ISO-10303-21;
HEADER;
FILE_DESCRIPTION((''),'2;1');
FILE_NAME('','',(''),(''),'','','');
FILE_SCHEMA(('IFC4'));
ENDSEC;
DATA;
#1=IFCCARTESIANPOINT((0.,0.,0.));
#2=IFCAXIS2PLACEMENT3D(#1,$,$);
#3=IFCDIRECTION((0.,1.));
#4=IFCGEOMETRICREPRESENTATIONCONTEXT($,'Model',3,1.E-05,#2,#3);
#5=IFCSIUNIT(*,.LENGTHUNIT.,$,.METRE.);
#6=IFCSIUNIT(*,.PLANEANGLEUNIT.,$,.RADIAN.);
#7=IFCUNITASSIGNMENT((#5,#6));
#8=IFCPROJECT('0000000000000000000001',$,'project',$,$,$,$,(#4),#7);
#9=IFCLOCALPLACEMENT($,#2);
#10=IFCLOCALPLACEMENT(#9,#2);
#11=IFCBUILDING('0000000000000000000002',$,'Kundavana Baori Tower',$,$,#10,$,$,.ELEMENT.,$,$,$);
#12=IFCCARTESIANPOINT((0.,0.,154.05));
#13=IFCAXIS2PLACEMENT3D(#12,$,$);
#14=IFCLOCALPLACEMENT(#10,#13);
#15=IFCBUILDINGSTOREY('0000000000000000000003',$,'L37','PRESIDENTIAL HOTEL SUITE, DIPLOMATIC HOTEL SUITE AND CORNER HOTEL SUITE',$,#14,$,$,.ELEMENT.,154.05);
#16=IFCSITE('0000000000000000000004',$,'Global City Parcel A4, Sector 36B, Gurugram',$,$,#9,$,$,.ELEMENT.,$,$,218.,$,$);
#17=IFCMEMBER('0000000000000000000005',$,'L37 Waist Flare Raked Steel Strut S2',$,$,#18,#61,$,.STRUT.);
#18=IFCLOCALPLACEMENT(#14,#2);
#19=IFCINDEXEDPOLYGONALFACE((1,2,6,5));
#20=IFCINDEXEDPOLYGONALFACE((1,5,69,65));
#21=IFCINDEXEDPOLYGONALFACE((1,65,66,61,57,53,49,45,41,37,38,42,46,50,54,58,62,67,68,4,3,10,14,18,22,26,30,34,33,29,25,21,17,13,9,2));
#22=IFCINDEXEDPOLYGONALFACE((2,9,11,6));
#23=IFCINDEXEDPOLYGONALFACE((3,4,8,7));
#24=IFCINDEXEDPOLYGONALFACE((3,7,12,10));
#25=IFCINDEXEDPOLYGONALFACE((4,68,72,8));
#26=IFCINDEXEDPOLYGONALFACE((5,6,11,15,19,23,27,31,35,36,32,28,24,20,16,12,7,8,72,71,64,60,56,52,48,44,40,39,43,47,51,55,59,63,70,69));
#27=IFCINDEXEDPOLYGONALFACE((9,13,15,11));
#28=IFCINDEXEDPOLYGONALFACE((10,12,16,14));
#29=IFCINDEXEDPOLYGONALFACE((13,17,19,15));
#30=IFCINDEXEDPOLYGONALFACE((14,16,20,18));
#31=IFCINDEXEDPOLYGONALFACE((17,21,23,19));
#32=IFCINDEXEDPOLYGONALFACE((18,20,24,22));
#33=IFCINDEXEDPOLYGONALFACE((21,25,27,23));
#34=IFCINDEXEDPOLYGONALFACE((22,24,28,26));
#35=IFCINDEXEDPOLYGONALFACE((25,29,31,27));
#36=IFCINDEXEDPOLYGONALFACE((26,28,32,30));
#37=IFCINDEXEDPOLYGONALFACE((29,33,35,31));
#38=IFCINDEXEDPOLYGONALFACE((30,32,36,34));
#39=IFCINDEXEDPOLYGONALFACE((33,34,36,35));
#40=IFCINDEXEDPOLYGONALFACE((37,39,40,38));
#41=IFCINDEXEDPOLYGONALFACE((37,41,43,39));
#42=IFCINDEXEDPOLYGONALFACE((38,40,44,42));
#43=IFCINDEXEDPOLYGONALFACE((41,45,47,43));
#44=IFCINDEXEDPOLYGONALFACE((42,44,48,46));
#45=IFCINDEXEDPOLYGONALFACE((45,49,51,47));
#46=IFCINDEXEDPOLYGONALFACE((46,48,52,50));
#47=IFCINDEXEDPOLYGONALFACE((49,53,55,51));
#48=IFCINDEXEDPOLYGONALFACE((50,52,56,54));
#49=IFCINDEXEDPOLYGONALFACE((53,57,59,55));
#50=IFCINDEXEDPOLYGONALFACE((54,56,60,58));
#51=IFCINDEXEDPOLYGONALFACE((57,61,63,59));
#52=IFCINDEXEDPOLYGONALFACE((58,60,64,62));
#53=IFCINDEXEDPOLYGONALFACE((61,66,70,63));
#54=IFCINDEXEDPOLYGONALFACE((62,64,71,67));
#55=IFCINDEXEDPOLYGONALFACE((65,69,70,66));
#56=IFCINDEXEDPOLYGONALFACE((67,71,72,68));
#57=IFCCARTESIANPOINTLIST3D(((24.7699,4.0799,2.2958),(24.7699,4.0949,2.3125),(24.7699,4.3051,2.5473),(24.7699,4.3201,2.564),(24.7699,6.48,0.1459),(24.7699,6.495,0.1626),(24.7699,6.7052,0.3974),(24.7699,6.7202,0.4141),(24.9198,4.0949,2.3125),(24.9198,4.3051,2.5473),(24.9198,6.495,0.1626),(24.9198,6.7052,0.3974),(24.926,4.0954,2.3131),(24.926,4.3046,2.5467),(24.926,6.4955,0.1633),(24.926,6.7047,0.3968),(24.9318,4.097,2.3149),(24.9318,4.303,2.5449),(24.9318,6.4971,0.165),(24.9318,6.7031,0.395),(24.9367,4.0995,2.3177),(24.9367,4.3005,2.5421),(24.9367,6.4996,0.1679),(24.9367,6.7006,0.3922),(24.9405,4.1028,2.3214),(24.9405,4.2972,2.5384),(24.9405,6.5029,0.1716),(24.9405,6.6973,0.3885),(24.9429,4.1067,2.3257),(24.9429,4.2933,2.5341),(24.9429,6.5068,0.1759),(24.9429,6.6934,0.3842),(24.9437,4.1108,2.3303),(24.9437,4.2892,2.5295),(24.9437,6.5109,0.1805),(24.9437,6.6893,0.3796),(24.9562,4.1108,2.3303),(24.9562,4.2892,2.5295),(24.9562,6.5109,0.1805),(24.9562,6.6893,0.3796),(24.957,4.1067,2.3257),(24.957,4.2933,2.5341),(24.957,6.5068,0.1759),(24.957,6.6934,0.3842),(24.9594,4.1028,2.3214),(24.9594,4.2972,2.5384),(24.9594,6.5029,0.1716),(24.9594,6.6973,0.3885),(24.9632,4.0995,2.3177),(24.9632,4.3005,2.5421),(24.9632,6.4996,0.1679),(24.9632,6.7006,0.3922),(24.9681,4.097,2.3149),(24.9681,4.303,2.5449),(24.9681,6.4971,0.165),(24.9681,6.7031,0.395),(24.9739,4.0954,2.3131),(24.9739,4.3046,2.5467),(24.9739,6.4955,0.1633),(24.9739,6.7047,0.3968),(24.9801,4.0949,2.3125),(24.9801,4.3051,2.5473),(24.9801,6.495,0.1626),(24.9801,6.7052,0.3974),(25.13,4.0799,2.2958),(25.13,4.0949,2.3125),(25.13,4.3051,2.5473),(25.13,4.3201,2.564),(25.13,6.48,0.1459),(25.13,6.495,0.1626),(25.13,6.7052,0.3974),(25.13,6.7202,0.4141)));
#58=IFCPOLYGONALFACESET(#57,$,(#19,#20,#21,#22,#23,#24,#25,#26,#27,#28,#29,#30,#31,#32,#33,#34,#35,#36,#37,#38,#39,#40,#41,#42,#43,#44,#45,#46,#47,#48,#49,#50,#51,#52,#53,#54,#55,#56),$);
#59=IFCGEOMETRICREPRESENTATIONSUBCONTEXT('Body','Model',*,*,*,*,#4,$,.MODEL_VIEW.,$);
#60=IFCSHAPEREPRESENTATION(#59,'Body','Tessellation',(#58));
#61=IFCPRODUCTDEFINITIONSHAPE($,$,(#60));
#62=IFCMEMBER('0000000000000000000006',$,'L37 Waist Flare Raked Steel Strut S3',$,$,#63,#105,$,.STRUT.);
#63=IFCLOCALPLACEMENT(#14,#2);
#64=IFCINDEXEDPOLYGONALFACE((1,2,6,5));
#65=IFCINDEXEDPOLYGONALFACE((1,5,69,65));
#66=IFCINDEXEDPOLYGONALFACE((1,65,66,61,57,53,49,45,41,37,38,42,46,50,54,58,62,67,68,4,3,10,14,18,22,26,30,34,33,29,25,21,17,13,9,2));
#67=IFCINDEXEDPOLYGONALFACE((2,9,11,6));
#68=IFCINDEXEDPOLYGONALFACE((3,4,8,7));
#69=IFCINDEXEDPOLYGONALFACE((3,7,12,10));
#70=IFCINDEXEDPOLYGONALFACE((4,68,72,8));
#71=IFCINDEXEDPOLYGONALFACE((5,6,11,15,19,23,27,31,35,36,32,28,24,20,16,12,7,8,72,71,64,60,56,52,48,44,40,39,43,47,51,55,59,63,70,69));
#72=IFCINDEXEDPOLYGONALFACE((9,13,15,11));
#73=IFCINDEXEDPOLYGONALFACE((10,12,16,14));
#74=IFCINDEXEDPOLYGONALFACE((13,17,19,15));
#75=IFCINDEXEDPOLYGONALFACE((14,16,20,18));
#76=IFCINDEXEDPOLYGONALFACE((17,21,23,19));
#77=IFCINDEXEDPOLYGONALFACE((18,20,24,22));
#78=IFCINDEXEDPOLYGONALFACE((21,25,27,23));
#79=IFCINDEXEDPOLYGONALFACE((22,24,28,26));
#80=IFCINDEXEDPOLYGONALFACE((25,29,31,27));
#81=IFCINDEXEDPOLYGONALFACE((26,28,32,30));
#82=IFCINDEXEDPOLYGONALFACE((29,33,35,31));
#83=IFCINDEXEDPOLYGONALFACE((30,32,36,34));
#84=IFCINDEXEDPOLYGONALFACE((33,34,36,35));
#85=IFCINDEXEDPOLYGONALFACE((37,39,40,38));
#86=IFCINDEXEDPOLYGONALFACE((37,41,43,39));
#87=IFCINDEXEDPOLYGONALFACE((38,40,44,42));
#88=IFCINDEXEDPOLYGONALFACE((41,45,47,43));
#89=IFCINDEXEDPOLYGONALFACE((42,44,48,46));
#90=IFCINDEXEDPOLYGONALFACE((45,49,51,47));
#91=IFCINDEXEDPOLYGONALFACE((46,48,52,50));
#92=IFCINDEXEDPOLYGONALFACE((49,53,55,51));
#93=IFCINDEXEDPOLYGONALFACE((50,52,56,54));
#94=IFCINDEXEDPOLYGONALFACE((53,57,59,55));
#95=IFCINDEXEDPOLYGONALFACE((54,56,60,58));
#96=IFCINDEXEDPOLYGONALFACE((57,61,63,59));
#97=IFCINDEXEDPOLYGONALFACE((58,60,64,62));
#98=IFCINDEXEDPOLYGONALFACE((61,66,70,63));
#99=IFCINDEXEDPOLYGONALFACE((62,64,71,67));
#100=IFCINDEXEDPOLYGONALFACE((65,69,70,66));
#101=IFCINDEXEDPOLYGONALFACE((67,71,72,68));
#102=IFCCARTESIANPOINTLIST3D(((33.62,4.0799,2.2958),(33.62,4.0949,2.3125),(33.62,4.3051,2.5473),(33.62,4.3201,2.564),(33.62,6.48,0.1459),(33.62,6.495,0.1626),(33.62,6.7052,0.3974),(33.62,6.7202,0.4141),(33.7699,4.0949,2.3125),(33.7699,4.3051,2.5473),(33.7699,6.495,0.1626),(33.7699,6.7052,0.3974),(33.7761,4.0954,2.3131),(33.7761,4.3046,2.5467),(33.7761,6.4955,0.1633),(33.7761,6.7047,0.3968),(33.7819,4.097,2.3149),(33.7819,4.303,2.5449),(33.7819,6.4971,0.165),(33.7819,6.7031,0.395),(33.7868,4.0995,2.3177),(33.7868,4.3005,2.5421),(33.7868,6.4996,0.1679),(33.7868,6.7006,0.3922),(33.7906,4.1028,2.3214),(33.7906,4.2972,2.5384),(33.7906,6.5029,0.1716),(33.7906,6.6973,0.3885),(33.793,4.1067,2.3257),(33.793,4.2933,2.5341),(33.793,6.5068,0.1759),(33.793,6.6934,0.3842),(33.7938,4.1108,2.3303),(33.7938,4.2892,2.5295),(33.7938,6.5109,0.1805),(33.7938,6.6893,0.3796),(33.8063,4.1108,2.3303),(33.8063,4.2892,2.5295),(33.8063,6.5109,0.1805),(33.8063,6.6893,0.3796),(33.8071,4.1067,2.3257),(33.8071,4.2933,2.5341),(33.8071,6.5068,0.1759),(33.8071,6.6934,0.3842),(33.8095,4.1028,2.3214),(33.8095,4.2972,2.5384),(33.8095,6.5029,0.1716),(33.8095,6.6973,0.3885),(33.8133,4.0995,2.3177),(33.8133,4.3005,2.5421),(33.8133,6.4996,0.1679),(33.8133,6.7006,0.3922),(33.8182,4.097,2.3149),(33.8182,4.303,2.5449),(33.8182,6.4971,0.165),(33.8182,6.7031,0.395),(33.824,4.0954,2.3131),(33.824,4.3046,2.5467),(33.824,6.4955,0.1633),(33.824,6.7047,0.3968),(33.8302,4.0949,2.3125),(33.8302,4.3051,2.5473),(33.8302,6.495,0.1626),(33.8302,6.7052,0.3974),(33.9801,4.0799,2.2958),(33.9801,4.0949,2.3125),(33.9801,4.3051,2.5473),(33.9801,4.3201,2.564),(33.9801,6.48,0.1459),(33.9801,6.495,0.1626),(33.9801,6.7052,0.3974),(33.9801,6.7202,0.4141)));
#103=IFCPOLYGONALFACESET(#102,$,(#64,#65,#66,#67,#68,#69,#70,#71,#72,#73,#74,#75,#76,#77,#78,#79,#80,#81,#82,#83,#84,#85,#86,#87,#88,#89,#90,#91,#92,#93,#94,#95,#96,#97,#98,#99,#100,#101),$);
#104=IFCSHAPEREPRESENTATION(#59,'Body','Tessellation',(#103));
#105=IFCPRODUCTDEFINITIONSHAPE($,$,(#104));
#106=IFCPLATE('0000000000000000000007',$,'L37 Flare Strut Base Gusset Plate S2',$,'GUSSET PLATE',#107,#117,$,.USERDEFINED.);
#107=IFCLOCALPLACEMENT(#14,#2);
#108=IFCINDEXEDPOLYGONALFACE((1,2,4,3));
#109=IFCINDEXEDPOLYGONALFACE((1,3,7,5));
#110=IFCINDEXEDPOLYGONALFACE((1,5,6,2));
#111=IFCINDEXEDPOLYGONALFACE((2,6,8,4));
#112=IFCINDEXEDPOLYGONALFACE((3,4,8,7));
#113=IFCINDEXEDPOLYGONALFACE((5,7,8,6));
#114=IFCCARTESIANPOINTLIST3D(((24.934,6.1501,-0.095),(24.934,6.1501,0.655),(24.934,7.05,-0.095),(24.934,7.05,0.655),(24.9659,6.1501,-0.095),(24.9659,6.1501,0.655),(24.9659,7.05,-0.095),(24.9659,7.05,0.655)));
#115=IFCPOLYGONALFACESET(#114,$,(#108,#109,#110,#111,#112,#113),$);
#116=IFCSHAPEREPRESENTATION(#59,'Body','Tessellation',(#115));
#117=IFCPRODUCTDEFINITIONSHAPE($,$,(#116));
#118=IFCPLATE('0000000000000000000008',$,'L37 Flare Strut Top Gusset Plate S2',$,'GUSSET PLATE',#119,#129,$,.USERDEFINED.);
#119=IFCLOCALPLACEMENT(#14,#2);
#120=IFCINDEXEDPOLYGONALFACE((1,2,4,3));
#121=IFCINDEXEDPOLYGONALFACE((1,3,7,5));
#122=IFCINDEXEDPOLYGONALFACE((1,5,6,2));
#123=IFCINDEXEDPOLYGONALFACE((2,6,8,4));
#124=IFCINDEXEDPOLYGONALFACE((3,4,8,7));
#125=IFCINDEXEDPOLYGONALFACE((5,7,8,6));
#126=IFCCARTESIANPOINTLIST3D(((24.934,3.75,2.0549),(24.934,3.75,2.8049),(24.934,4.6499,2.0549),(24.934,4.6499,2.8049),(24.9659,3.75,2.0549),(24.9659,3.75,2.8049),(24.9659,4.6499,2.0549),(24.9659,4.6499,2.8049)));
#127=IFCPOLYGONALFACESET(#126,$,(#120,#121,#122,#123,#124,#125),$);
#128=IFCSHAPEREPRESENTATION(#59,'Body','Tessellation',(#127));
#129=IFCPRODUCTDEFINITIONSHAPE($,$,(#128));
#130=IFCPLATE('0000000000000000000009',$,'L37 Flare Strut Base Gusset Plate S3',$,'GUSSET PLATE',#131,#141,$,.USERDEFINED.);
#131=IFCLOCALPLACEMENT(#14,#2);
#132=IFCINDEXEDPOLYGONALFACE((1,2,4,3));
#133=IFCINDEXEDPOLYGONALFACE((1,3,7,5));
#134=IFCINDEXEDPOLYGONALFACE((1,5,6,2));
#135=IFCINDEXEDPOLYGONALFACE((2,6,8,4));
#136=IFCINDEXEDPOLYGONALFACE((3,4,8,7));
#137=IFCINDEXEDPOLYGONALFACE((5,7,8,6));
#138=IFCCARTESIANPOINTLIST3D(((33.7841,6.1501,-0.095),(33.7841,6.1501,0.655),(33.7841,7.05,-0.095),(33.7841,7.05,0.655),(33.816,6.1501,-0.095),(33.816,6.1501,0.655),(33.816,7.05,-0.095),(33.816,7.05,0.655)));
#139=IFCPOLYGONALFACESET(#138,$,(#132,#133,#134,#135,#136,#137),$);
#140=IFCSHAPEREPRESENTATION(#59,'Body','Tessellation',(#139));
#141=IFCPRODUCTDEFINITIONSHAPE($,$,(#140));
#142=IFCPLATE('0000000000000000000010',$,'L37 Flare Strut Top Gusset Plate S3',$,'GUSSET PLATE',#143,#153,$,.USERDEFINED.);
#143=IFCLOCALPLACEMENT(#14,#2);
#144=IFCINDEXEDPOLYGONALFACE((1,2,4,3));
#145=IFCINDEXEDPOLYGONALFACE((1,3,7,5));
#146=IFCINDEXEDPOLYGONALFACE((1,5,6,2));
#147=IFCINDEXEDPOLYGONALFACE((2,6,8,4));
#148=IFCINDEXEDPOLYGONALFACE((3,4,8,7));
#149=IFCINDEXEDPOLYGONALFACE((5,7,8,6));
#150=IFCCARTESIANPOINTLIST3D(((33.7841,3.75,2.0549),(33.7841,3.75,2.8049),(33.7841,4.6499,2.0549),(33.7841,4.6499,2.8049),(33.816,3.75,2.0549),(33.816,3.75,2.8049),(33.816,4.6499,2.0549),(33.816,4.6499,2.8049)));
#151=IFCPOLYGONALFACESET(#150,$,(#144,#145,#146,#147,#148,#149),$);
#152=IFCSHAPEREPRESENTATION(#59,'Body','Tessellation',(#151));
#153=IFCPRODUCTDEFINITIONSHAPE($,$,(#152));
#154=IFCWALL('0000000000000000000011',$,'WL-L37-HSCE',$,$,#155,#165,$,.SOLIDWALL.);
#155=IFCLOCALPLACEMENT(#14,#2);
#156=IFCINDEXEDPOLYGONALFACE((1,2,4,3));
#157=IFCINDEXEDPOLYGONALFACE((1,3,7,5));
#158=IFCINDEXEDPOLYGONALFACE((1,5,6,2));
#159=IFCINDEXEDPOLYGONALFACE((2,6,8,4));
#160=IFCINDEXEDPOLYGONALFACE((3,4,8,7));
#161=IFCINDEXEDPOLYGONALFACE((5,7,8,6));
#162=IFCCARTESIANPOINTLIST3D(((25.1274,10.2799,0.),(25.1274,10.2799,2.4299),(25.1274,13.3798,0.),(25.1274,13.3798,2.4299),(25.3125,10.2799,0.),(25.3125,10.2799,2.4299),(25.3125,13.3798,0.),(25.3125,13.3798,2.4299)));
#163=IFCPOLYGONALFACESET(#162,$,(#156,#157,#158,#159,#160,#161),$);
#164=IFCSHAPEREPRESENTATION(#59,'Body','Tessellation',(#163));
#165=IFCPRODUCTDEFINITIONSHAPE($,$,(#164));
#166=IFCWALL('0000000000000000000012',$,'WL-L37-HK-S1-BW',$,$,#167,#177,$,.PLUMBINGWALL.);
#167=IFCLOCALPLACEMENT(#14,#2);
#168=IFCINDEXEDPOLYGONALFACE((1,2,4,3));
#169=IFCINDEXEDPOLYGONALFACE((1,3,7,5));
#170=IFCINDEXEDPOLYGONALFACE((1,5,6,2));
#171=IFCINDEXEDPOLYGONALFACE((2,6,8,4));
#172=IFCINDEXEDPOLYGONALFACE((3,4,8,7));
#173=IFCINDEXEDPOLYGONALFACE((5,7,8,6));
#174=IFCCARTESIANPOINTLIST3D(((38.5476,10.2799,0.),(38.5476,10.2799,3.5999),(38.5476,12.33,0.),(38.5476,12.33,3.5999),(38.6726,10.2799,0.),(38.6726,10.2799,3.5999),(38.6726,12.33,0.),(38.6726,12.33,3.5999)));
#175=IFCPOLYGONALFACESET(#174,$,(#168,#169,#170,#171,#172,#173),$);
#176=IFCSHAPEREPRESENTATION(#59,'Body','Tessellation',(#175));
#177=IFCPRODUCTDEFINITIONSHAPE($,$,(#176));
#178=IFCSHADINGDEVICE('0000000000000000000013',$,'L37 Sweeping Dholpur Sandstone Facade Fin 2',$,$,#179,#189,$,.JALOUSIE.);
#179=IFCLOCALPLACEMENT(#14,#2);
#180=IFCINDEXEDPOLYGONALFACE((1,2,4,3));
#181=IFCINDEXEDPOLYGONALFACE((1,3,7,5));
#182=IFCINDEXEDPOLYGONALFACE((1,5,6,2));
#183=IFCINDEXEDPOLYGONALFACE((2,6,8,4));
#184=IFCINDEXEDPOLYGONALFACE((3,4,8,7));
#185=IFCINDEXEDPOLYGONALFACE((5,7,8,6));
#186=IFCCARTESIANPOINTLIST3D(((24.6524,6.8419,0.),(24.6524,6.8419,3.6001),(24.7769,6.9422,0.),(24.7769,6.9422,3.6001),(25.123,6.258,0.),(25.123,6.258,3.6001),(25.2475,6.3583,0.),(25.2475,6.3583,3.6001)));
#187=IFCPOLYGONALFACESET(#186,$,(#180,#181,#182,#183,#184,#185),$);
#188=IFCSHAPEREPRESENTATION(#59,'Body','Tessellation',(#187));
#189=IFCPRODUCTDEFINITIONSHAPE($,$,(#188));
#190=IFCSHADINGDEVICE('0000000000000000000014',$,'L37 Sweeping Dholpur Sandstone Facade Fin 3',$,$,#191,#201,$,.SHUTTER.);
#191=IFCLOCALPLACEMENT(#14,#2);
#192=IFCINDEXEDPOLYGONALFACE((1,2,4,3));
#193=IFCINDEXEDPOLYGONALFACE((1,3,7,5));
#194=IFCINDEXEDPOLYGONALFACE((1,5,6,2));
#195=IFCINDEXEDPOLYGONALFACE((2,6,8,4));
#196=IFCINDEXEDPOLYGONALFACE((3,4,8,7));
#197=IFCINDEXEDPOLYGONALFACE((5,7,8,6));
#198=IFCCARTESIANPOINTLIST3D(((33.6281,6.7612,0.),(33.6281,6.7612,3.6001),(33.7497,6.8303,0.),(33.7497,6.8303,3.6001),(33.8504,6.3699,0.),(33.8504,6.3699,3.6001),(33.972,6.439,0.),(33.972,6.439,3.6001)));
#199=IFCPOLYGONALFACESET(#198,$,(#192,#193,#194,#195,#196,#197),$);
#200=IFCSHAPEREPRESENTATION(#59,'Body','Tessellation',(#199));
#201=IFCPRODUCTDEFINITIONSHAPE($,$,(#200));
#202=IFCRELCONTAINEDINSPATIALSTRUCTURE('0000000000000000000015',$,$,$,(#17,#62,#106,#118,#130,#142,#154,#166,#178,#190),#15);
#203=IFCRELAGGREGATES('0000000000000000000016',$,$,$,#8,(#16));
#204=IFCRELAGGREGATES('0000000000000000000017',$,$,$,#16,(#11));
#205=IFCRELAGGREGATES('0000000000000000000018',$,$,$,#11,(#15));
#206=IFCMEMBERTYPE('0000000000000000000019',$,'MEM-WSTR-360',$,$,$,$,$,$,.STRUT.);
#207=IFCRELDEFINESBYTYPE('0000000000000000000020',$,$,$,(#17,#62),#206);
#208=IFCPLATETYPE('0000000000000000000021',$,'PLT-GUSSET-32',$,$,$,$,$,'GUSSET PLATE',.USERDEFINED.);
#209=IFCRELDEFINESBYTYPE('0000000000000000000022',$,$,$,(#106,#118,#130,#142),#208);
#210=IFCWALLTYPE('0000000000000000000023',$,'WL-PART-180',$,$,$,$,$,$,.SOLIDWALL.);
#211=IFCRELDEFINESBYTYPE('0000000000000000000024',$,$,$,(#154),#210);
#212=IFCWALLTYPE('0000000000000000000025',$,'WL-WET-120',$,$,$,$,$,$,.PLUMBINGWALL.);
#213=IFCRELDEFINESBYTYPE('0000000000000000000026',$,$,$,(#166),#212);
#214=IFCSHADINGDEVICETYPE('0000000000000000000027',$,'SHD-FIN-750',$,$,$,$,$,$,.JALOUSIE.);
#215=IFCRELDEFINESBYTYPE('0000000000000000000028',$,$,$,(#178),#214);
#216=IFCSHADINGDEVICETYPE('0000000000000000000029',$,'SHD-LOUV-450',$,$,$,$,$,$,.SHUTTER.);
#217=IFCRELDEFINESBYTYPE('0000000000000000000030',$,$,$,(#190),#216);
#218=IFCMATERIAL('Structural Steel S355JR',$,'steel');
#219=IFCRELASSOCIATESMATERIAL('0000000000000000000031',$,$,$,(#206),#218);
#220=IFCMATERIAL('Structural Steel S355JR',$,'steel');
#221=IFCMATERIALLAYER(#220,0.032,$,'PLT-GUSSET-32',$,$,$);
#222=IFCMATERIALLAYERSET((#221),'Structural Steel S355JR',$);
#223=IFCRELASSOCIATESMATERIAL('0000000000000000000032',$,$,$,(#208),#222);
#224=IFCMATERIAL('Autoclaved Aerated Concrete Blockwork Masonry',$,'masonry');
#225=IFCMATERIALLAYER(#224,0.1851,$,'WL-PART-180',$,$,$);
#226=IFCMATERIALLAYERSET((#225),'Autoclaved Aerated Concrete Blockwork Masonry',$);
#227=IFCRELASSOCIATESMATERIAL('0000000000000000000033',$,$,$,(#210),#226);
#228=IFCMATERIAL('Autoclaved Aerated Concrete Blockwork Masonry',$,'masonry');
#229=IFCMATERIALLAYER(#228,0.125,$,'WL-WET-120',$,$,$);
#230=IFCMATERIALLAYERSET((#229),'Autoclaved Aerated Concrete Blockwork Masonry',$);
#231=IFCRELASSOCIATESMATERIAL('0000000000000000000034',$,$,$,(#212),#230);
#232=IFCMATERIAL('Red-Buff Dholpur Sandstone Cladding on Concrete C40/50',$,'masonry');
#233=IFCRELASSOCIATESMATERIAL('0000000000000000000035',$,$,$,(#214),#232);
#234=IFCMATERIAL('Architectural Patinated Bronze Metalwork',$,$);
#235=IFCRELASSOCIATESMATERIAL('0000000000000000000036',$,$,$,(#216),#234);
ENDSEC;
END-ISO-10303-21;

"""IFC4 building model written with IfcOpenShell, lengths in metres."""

from ifc_helpers import new_model, si_unit, direction, frame, frame_2d, origin, origin_2d, place, context, subcontext, project, spatial, rectangle, i_section, extrude, material, layer, layer_set, material_profile, profile_set, type_object, element, save


model = new_model("IFC4")

# Units and contexts
model_context = context("Model", 3, precision=1e-05, world=origin(), true_north=direction((0.0, 1.0)))
body_context = subcontext(model_context, "Body", "Model", "MODEL_VIEW")
ifc_project = project(units=[si_unit("LENGTHUNIT", "METRE"), si_unit("PLANEANGLEUNIT", "RADIAN")], contexts=[model_context])

# Site, building, storey
site_placement = place(None, origin())
site = spatial("IfcSite", under=ifc_project, at=site_placement, Name="Global City Parcel A4, Sector 36B, Gurugram", CompositionType="ELEMENT", RefElevation=218.0)
building_placement = place(site_placement, origin())
building = spatial("IfcBuilding", under=site, at=building_placement, Name="Kundavana Baori Tower", CompositionType="ELEMENT")
storey_placement = place(building_placement, frame((0.0, 0.0, 154.05)))
storey = spatial("IfcBuildingStorey", under=building, at=storey_placement, Name="L37", Description="PRESIDENTIAL HOTEL SUITE, DIPLOMATIC HOTEL SUITE AND CORNER HOTEL SUITE", CompositionType="ELEMENT", Elevation=154.05)

# Members
ifc_material_1 = material(Name="Structural Steel S355JR", Category="steel")
ifc_material_profile_1 = material_profile(ifc_material_1, i_section(OverallWidth=0.3601, OverallDepth=0.3601, WebThickness=0.0125, FlangeThickness=0.0225, FilletRadius=0.0239, at=origin_2d()), Name="WPB 360x360x142")
ifc_profile_set_1 = profile_set([ifc_material_profile_1], Name="Structural Steel S355JR")
member_type = type_object("IfcMemberType", Name="MEM-WSTR-360", PredefinedType="STRUT", material=ifc_profile_set_1)
for number, where, z_axis, x_axis, name in (
    (1, (24.95, 6.6001, 0.28), (0.0, -0.744871, 0.667209), (1.0, 0.0, 0.0), "L37 Waist Flare Raked Steel Strut S2"),
    (2, (33.8, 6.6001, 0.28), (0.0, -0.744871, 0.667209), (1.0, 0.0, 0.0), "L37 Waist Flare Raked Steel Strut S3"),
):
    element("IfcMember", number, at=place(storey_placement, frame(where, z_axis=z_axis, x_axis=x_axis)), inside=storey, type_object=member_type, Name=name, PredefinedType="STRUT", context=body_context, shape_type="SweptSolid", body=[
        extrude(i_section(OverallWidth=0.3601, OverallDepth=0.3601, WebThickness=0.0125, FlangeThickness=0.0225, FilletRadius=0.0239, at=origin_2d()), origin(), (0.0, 0.0, 1.0), 3.2222),
    ])

# Plates
ifc_material_2 = material(Name="Structural Steel S355JR", Category="steel")
ifc_layer_1 = layer(ifc_material_2, 0.032, Name="PLT-GUSSET-32")
ifc_layer_set_1 = layer_set([ifc_layer_1], Name="Structural Steel S355JR")
plate_type = type_object("IfcPlateType", Name="PLT-GUSSET-32", ElementType="GUSSET PLATE", PredefinedType="USERDEFINED", material=ifc_layer_set_1)
for number, where, z_axis, x_axis, name in (
    (3, (24.95, 6.6001, -0.095), (0.0, 0.0, 1.0), (1.0, 0.0, 0.0), "L37 Flare Strut Base Gusset Plate S2"),
    (4, (24.95, 4.2, 2.0549), (0.0, 0.0, 1.0), (1.0, 0.0, 0.0), "L37 Flare Strut Top Gusset Plate S2"),
    (5, (33.8, 6.6001, -0.095), (0.0, 0.0, 1.0), (1.0, 0.0, 0.0), "L37 Flare Strut Base Gusset Plate S3"),
    (6, (33.8, 4.2, 2.0549), (0.0, 0.0, 1.0), (1.0, 0.0, 0.0), "L37 Flare Strut Top Gusset Plate S3"),
):
    element("IfcPlate", number, at=place(storey_placement, frame(where, z_axis=z_axis, x_axis=x_axis)), inside=storey, type_object=plate_type, Name=name, ObjectType="GUSSET PLATE", PredefinedType="USERDEFINED", context=body_context, shape_type="SweptSolid", body=[
        extrude(rectangle(XDim=0.032, YDim=0.8999, at=origin_2d()), origin(), (0.0, 0.0, 1.0), 0.75),
    ])

# Walls
ifc_material_3 = material(Name="Autoclaved Aerated Concrete Blockwork Masonry", Category="masonry")
ifc_layer_2 = layer(ifc_material_3, 0.1851, Name="WL-PART-180")
ifc_layer_set_2 = layer_set([ifc_layer_2], Name="Autoclaved Aerated Concrete Blockwork Masonry")
wall_type_1 = type_object("IfcWallType", Name="WL-PART-180", PredefinedType="SOLIDWALL", material=ifc_layer_set_2)
wall_1_placement = place(storey_placement, frame((25.22, 10.28, 0.0), z_axis=(0.0, 0.0, 1.0), x_axis=(0.0, 1.0, 0.0)))
element("IfcWall", 7, at=wall_1_placement, inside=storey, type_object=wall_type_1, Name="WL-L37-HSCE", PredefinedType="SOLIDWALL", context=body_context, shape_type="SweptSolid", body=[
    extrude(rectangle(XDim=3.0999, YDim=0.1851, at=frame_2d((1.5498, 0.0))), origin(), (0.0, 0.0, 1.0), 2.4299),
])
ifc_material_4 = material(Name="Autoclaved Aerated Concrete Blockwork Masonry", Category="masonry")
ifc_layer_3 = layer(ifc_material_4, 0.125, Name="WL-WET-120")
ifc_layer_set_3 = layer_set([ifc_layer_3], Name="Autoclaved Aerated Concrete Blockwork Masonry")
wall_type_2 = type_object("IfcWallType", Name="WL-WET-120", PredefinedType="PLUMBINGWALL", material=ifc_layer_set_3)
wall_2_placement = place(storey_placement, frame((38.6101, 10.28, 0.0), z_axis=(0.0, 0.0, 1.0), x_axis=(0.0, 1.0, 0.0)))
element("IfcWall", 8, at=wall_2_placement, inside=storey, type_object=wall_type_2, Name="WL-L37-HK-S1-BW", PredefinedType="PLUMBINGWALL", context=body_context, shape_type="SweptSolid", body=[
    extrude(rectangle(XDim=2.05, YDim=0.125, at=frame_2d((1.0249, 0.0))), origin(), (0.0, 0.0, 1.0), 3.5999),
])

# Shading devices
ifc_material_5 = material(Name="Red-Buff Dholpur Sandstone Cladding on Concrete C40/50", Category="masonry")
shading_device_type_1 = type_object("IfcShadingDeviceType", Name="SHD-FIN-750", PredefinedType="JALOUSIE", material=ifc_material_5)
shading_device_1_placement = place(storey_placement, frame((24.95, 6.6001, 0.0), z_axis=(0.0, 0.0, 1.0), x_axis=(0.778572, 0.627555, 0.0)))
element("IfcShadingDevice", 9, at=shading_device_1_placement, inside=storey, type_object=shading_device_type_1, Name="L37 Sweeping Dholpur Sandstone Facade Fin 2", PredefinedType="JALOUSIE", context=body_context, shape_type="SweptSolid", body=[
    extrude(rectangle(XDim=0.1599, YDim=0.75, at=origin_2d()), origin(), (0.0, 0.0, 1.0), 3.6001),
])
ifc_material_6 = material(Name="Architectural Patinated Bronze Metalwork")
shading_device_type_2 = type_object("IfcShadingDeviceType", Name="SHD-LOUV-450", PredefinedType="SHUTTER", material=ifc_material_6)
shading_device_2_placement = place(storey_placement, frame((33.8, 6.6001, 0.0), z_axis=(0.0, 0.0, 1.0), x_axis=(0.869495, 0.493942, 0.0)))
element("IfcShadingDevice", 10, at=shading_device_2_placement, inside=storey, type_object=shading_device_type_2, Name="L37 Sweeping Dholpur Sandstone Facade Fin 3", PredefinedType="SHUTTER", context=body_context, shape_type="SweptSolid", body=[
    extrude(rectangle(XDim=0.1399, YDim=0.45, at=origin_2d()), origin(), (0.0, 0.0, 1.0), 3.6001),
])

save(model, "model.ifc")
